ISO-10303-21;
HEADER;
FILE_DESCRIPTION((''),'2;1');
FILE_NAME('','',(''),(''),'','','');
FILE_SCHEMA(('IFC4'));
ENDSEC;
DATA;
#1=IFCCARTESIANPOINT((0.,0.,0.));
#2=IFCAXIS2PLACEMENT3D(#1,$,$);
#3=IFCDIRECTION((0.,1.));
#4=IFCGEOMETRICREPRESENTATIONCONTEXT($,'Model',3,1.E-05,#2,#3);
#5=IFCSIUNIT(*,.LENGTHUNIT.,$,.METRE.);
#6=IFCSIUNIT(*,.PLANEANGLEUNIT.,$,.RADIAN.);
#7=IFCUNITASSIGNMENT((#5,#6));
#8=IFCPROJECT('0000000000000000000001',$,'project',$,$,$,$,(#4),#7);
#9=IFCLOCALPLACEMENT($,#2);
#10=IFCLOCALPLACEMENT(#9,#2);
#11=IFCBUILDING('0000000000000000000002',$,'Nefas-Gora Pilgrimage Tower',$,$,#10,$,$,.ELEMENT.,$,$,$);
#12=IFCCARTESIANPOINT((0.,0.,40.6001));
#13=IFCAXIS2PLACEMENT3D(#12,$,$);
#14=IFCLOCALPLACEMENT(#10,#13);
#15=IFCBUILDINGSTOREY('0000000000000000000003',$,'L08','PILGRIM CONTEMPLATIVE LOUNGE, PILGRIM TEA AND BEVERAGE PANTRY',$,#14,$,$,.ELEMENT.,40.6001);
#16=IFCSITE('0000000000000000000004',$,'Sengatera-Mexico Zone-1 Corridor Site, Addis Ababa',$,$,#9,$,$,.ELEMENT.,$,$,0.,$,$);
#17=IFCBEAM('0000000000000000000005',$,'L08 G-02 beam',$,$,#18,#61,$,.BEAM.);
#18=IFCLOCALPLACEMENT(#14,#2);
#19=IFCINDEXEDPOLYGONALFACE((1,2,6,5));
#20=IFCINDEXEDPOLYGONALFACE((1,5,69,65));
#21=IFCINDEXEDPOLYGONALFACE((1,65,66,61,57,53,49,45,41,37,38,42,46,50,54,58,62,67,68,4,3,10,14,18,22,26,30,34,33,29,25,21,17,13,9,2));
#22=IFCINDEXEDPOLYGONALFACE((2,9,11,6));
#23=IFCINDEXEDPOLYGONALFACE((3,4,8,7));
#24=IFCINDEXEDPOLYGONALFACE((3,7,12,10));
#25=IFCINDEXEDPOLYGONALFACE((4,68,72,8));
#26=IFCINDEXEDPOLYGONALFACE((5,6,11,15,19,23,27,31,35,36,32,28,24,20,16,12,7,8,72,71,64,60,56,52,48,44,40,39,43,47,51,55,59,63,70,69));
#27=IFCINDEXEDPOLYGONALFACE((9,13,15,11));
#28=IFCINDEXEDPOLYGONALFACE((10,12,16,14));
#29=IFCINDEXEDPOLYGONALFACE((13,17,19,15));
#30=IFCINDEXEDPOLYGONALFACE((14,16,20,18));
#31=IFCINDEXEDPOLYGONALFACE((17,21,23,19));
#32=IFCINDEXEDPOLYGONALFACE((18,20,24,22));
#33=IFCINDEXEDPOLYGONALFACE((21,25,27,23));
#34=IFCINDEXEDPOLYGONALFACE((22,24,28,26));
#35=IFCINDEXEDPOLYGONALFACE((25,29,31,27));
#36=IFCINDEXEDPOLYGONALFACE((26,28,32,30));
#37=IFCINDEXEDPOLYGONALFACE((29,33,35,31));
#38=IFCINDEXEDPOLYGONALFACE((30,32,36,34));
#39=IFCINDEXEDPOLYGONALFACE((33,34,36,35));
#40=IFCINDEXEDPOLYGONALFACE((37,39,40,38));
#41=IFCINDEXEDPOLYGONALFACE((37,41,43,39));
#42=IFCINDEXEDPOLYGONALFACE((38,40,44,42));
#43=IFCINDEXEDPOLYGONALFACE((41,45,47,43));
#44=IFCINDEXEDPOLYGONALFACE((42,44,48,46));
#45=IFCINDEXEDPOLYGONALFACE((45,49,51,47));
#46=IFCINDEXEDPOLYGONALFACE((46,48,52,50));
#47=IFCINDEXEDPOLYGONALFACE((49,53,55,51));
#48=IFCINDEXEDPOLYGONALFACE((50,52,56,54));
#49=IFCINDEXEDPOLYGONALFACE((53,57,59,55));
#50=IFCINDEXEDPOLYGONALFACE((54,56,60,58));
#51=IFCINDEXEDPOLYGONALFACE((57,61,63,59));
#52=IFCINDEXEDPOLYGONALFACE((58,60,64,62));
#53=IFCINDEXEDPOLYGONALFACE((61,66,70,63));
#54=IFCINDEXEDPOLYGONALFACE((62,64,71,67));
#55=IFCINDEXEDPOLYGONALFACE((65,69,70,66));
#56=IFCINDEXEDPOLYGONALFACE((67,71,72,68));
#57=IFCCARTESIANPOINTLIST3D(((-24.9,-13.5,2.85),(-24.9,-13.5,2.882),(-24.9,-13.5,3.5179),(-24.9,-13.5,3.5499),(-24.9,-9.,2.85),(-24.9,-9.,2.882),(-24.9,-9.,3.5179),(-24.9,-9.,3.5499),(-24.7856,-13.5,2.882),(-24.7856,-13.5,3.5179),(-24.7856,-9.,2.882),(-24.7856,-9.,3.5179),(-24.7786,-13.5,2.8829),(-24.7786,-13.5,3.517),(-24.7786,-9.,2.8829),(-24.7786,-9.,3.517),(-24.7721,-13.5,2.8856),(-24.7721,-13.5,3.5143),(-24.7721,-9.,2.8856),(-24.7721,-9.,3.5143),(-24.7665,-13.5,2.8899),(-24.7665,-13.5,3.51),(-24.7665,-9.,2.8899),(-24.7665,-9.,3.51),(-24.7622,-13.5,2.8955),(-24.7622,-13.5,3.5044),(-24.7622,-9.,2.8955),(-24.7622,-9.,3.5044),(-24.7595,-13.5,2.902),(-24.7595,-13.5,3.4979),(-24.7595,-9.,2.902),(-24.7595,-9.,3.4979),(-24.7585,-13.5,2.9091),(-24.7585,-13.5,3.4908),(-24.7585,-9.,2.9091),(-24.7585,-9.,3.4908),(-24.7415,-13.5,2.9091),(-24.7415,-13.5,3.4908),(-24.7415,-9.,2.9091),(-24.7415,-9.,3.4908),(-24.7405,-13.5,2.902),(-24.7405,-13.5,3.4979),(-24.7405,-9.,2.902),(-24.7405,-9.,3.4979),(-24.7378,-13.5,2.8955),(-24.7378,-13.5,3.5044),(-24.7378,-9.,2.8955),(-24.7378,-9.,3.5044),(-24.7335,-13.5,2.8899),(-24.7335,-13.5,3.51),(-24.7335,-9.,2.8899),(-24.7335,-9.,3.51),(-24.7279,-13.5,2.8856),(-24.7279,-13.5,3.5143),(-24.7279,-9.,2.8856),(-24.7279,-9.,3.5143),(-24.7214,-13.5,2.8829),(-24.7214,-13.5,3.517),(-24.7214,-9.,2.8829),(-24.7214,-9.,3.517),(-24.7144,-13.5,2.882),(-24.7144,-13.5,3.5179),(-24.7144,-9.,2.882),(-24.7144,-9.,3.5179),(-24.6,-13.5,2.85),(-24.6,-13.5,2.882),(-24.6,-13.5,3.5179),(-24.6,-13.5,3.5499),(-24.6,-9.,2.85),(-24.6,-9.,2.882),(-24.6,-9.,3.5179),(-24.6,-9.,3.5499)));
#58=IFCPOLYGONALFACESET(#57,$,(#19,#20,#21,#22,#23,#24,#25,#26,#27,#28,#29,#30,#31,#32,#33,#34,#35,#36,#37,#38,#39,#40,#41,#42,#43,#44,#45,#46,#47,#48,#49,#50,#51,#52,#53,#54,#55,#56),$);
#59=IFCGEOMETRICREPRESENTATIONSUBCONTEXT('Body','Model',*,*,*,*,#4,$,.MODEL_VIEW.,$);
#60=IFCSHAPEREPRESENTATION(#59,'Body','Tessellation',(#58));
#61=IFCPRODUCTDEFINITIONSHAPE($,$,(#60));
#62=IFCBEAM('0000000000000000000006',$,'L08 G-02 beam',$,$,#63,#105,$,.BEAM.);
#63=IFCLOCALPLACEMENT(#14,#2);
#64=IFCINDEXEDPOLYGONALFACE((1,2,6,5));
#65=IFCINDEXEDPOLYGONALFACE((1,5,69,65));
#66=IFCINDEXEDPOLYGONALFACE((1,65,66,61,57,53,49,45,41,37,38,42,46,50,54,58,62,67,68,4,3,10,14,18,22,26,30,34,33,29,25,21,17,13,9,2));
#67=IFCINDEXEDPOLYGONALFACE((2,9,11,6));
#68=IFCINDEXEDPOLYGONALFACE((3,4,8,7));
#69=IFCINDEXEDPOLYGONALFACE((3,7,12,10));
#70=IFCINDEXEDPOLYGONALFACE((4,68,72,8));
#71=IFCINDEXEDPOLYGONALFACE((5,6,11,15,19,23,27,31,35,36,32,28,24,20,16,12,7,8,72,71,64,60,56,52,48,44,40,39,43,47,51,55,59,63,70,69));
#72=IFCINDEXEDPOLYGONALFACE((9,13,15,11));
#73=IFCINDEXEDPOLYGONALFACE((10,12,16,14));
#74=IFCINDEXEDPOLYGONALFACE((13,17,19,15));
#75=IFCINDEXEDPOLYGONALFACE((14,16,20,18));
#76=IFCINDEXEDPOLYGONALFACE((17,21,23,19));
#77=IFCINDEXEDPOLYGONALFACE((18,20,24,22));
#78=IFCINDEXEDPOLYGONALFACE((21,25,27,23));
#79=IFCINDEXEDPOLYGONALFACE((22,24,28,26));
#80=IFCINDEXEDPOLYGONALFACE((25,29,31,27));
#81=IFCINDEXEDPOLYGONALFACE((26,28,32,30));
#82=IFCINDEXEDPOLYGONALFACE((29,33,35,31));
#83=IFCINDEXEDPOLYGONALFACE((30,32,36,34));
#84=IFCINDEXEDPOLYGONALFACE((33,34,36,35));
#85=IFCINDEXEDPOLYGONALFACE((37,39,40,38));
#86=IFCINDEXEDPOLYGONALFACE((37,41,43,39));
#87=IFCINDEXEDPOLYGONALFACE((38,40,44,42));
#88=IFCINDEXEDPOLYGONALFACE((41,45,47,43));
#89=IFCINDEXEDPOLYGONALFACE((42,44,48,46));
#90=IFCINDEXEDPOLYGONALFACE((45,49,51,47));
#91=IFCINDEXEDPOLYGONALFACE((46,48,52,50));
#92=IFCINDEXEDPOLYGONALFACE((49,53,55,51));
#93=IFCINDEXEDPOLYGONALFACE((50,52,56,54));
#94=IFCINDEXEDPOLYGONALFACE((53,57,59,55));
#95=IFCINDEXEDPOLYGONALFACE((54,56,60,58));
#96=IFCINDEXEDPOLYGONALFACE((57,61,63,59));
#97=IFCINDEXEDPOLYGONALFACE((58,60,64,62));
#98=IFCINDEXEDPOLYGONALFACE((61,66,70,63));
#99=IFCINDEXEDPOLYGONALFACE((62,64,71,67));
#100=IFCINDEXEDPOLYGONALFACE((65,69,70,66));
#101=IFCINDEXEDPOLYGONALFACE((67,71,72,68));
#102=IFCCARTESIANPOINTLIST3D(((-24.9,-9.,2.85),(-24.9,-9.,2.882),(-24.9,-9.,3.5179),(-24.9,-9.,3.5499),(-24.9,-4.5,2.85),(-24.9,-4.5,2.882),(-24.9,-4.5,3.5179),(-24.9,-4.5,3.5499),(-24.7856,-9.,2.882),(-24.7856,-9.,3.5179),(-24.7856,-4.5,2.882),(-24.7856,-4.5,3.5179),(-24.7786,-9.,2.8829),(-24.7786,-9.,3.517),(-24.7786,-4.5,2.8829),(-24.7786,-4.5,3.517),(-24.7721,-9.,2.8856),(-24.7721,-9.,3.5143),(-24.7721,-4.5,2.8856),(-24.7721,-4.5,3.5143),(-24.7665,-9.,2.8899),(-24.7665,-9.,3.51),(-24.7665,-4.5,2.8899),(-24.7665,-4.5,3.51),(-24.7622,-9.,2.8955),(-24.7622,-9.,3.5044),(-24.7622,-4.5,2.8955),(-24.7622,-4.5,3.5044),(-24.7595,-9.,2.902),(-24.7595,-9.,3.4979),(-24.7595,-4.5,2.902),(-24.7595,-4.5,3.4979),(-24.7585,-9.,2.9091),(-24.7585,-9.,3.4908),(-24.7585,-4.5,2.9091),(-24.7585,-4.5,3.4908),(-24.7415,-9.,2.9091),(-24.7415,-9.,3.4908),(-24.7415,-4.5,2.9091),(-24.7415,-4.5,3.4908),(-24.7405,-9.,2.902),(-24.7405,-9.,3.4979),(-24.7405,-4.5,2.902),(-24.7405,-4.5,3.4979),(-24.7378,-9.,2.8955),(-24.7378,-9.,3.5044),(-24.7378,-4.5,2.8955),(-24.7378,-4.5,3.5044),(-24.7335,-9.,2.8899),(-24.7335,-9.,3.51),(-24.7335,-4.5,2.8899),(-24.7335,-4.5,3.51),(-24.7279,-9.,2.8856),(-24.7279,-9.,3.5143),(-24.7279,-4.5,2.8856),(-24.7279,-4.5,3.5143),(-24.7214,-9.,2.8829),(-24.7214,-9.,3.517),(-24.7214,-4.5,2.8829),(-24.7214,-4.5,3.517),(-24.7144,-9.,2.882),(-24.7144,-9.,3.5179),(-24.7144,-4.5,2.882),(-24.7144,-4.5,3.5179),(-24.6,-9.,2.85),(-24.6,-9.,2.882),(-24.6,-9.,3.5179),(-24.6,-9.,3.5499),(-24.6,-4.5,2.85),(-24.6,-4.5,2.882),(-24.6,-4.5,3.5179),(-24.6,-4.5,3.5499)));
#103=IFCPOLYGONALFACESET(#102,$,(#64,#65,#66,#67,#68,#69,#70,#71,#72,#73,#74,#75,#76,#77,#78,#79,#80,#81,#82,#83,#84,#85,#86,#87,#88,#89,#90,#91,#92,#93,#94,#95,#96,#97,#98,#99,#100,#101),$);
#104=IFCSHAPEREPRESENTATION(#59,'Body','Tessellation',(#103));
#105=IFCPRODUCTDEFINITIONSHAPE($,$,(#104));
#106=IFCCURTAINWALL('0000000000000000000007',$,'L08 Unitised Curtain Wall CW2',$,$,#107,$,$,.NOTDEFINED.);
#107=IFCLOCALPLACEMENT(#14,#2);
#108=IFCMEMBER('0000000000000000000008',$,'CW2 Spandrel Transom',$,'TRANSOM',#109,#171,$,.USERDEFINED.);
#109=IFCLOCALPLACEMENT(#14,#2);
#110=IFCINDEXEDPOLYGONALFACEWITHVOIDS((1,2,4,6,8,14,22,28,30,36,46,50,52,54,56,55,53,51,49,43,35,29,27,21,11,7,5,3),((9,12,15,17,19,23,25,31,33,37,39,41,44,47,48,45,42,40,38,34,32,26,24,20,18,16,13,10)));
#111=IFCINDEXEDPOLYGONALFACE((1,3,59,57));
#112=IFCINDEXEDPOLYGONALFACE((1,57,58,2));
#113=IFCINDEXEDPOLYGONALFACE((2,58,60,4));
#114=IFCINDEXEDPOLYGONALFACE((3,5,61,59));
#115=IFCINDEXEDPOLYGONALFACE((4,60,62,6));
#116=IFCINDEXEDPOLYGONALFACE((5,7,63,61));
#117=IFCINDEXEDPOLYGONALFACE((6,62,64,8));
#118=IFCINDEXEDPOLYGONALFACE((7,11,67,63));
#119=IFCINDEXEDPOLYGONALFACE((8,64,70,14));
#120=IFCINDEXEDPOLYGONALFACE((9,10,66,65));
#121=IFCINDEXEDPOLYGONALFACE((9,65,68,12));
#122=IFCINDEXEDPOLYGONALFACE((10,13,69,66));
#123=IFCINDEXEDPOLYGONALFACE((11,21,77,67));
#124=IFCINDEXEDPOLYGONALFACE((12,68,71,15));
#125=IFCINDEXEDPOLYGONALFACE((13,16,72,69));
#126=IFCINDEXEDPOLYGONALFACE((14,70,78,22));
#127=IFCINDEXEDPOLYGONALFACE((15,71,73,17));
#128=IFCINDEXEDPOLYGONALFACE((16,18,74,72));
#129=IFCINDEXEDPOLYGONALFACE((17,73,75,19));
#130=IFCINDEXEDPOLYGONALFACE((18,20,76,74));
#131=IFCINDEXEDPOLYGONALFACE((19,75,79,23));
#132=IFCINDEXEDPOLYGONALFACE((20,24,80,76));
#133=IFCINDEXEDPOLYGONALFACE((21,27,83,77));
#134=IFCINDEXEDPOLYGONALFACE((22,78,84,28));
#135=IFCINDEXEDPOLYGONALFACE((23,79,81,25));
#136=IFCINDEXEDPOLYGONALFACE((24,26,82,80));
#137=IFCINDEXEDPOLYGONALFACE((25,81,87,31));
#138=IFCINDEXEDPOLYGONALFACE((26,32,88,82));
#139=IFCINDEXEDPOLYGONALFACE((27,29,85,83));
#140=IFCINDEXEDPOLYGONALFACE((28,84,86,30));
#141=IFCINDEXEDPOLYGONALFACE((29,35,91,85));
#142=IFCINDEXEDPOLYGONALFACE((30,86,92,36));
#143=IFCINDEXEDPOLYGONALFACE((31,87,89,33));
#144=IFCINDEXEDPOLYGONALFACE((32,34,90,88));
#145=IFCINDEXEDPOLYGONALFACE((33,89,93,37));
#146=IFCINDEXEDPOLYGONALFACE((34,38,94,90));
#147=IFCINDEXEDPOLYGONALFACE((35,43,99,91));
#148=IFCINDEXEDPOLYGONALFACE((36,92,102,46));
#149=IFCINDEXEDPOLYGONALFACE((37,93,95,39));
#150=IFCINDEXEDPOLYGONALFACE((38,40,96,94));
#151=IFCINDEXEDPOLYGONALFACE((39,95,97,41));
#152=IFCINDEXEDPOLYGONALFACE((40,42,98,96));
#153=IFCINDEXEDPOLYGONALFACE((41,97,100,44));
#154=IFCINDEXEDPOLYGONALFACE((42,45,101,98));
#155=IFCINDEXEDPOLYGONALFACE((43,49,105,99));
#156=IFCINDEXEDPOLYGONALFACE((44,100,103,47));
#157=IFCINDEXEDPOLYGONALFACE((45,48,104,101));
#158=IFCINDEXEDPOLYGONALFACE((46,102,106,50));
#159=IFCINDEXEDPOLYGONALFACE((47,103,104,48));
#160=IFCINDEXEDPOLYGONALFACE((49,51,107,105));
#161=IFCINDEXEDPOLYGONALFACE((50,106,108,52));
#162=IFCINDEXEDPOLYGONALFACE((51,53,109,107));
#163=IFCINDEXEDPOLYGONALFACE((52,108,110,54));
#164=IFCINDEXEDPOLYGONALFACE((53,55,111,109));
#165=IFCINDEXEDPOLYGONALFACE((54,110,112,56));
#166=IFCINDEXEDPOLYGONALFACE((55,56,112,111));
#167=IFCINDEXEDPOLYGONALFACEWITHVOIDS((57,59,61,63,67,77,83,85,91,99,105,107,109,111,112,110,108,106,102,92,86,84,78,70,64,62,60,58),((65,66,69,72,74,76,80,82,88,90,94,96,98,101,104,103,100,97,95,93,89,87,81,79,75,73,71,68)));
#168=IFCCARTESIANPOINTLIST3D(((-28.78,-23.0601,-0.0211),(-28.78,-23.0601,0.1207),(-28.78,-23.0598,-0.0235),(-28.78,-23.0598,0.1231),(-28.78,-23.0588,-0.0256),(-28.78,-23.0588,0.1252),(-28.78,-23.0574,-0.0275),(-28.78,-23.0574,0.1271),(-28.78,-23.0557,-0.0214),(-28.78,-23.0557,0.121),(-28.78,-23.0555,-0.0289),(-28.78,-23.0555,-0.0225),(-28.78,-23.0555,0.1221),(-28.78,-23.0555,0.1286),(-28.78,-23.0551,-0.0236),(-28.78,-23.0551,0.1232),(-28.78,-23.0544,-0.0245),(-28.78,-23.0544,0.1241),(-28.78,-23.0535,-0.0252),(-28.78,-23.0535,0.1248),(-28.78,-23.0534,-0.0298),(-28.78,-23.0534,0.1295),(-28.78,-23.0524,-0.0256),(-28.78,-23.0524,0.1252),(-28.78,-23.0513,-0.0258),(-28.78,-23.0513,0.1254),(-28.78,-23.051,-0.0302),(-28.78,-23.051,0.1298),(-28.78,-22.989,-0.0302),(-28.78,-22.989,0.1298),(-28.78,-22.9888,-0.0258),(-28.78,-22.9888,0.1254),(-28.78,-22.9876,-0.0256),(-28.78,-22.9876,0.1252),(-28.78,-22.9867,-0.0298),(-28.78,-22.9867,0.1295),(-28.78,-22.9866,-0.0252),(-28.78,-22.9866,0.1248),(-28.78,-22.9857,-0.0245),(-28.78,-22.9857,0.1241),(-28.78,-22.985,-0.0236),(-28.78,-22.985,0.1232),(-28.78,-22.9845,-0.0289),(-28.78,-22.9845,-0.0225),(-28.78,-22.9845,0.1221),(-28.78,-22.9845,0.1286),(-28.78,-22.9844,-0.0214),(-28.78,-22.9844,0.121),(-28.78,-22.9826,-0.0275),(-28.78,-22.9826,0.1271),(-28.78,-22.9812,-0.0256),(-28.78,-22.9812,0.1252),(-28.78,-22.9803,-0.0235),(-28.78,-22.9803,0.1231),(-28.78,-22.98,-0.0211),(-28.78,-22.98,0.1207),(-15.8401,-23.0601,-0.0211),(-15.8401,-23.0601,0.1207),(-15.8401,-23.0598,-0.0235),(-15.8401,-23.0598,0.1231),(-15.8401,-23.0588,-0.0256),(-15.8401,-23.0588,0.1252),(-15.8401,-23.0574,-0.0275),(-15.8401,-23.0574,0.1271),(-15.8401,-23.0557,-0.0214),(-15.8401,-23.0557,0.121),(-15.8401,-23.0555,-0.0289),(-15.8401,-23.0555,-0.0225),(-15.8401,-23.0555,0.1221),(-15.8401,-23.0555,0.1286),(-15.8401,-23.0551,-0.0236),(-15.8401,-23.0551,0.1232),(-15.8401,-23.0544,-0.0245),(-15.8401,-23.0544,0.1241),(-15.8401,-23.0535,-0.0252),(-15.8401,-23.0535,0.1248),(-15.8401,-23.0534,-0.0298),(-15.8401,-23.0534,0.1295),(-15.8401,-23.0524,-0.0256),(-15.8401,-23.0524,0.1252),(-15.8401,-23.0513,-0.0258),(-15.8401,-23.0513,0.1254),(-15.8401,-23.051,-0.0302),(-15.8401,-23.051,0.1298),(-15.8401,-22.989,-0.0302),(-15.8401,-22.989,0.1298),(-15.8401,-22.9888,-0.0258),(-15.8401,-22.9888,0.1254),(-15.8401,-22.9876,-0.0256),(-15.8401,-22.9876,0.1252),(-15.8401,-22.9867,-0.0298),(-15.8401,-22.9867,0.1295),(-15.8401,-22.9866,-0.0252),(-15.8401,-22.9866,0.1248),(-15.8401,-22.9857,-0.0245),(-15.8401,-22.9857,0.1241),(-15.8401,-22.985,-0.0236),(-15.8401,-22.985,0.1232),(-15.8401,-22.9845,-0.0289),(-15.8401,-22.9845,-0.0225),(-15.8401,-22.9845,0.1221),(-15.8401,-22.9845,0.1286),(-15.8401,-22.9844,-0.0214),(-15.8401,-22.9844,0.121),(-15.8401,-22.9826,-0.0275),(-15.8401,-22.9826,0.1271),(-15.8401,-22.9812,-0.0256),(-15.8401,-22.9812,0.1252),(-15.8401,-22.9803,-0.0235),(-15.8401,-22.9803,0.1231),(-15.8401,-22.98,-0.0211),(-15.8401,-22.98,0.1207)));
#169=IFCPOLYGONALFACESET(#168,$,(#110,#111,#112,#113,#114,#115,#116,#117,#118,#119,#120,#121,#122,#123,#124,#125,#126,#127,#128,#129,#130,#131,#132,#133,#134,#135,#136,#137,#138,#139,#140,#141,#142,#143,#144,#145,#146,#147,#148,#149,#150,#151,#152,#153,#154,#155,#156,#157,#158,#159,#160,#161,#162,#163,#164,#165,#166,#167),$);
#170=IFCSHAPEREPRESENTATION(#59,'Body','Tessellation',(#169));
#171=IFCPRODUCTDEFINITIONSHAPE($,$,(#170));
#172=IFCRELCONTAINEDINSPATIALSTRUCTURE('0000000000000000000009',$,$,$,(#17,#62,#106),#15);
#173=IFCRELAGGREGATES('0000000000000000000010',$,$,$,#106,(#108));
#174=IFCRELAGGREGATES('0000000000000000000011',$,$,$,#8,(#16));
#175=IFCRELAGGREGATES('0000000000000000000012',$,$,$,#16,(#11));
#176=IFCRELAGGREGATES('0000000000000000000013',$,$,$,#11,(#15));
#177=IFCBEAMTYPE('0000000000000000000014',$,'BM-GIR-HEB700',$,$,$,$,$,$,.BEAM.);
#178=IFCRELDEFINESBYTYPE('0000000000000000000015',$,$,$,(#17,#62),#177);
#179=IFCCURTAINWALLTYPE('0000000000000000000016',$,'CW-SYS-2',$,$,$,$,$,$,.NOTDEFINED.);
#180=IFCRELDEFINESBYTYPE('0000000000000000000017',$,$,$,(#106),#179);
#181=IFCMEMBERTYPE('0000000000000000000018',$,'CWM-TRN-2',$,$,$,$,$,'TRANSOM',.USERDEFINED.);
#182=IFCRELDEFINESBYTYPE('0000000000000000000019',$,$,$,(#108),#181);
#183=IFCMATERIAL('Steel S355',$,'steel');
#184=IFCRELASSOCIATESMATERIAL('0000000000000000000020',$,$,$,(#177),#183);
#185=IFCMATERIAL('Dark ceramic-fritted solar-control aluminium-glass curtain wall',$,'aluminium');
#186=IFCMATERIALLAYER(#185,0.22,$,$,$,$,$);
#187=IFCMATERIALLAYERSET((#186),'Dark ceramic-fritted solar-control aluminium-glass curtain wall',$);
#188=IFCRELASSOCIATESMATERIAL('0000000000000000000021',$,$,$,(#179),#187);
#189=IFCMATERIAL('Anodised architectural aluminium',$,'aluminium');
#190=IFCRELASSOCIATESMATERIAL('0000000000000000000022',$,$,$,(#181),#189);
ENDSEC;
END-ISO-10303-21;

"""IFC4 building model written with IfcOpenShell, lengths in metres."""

from ifc_helpers import new_model, si_unit, direction, frame, origin, origin_2d, place, context, subcontext, project, spatial, hollow_rectangle, i_section, extrude, source, transform, mapped, material, layer, layer_set, material_profile, profile_set, type_object, element, aggregate, save


model = new_model("IFC4")

# Units and contexts
model_context = context("Model", 3, precision=1e-05, world=origin(), true_north=direction((0.0, 1.0)))
body_context = subcontext(model_context, "Body", "Model", "MODEL_VIEW")
ifc_project = project(units=[si_unit("LENGTHUNIT", "METRE"), si_unit("PLANEANGLEUNIT", "RADIAN")], contexts=[model_context])

# Site, building, storey
site_placement = place(None, origin())
site = spatial("IfcSite", under=ifc_project, at=site_placement, Name="Sengatera-Mexico Zone-1 Corridor Site, Addis Ababa", CompositionType="ELEMENT", RefElevation=0.0)
building_placement = place(site_placement, origin())
building = spatial("IfcBuilding", under=site, at=building_placement, Name="Nefas-Gora Pilgrimage Tower", CompositionType="ELEMENT")
storey_placement = place(building_placement, frame((0.0, 0.0, 40.6001)))
storey = spatial("IfcBuildingStorey", under=building, at=storey_placement, Name="L08", Description="PILGRIM CONTEMPLATIVE LOUNGE, PILGRIM TEA AND BEVERAGE PANTRY", CompositionType="ELEMENT", Elevation=40.6001)

# Beams
ifc_material_1 = material(Name="Steel S355", Category="steel")
ifc_material_profile_1 = material_profile(ifc_material_1, i_section(OverallWidth=0.3, OverallDepth=0.7, WebThickness=0.0171, FlangeThickness=0.032, FilletRadius=0.0271, at=origin_2d()), Name="HEB 700")
ifc_profile_set_1 = profile_set([ifc_material_profile_1], Name="Steel S355")
beam_type_1 = type_object("IfcBeamType", Name="BM-GIR-HEB700", PredefinedType="BEAM", material=ifc_profile_set_1)
shared_shape_1 = source(origin(), body_context, "Body", "SweptSolid", [
    extrude(i_section(OverallWidth=0.3, OverallDepth=0.7, WebThickness=0.0171, FlangeThickness=0.032, FilletRadius=0.0271, at=origin_2d()), origin(), (0.0, 0.0, 1.0), 4.5),
])
for number, where, z_axis, x_axis, name in (
    (1, (-24.75, -13.5, 3.2), (0.0, 1.0, 0.0), (-1.0, 0.0, 0.0), "L08 G-02 beam"),
    (2, (-24.75, -9.0, 3.2), (0.0, 1.0, 0.0), (-1.0, 0.0, 0.0), "L08 G-02 beam"),
):
    element("IfcBeam", number, at=place(storey_placement, frame(where, z_axis=z_axis, x_axis=x_axis)), inside=storey, type_object=beam_type_1, Name=name, PredefinedType="BEAM", context=body_context, shape_type="MappedRepresentation", body=[
        mapped(shared_shape_1, transform((0.0, 0.0, 0.0), x_axis=(1.0, 0.0, 0.0), y_axis=(0.0, 1.0, 0.0), z_axis=(0.0, 0.0, 1.0), scale=1.0)),
    ])

# Curtain wall, member
ifc_material_2 = material(Name="Dark ceramic-fritted solar-control aluminium-glass curtain wall", Category="aluminium")
ifc_layer_1 = layer(ifc_material_2, 0.22)
ifc_layer_set_1 = layer_set([ifc_layer_1], Name="Dark ceramic-fritted solar-control aluminium-glass curtain wall")
curtain_wall_type = type_object("IfcCurtainWallType", Name="CW-SYS-2", PredefinedType="NOTDEFINED", material=ifc_layer_set_1)
curtain_wall_1_placement = place(storey_placement, origin())
curtain_wall_1 = element("IfcCurtainWall", 3, at=curtain_wall_1_placement, inside=storey, type_object=curtain_wall_type, Name="L08 Unitised Curtain Wall CW2", PredefinedType="NOTDEFINED")
ifc_material_3 = material(Name="Anodised architectural aluminium", Category="aluminium")
ifc_material_profile_2 = material_profile(ifc_material_3, hollow_rectangle(XDim=0.0801, YDim=0.1599, WallThickness=0.0044, InnerFilletRadius=0.0044, OuterFilletRadius=0.009, at=origin_2d()), Name="ALU TRANSOM 80x160")
ifc_profile_set_2 = profile_set([ifc_material_profile_2], Name="Anodised architectural aluminium")
member_type_1 = type_object("IfcMemberType", Name="CWM-TRN-2", ElementType="TRANSOM", PredefinedType="USERDEFINED", material=ifc_profile_set_2)
shared_shape_2 = source(origin(), body_context, "Body", "SweptSolid", [
    extrude(hollow_rectangle(XDim=0.0801, YDim=0.1599, WallThickness=0.0044, InnerFilletRadius=0.0044, OuterFilletRadius=0.009, at=origin_2d()), origin(), (0.0, 0.0, 1.0), 12.9399),
])
member_1_placement = place(storey_placement, frame((-28.78, -23.02, 0.0498), z_axis=(1.0, 0.0, 0.0), x_axis=(0.0, 1.0, 0.0)))
member_1 = element("IfcMember", 4, at=member_1_placement, type_object=member_type_1, Name="CW2 Spandrel Transom", ObjectType="TRANSOM", PredefinedType="USERDEFINED", context=body_context, shape_type="MappedRepresentation", body=[
    mapped(shared_shape_2, transform((0.0, 0.0, 0.0), x_axis=(1.0, 0.0, 0.0), y_axis=(0.0, 1.0, 0.0), z_axis=(0.0, 0.0, 1.0), scale=1.0)),
])

aggregate(curtain_wall_1, [member_1])

save(model, "model.ifc")
